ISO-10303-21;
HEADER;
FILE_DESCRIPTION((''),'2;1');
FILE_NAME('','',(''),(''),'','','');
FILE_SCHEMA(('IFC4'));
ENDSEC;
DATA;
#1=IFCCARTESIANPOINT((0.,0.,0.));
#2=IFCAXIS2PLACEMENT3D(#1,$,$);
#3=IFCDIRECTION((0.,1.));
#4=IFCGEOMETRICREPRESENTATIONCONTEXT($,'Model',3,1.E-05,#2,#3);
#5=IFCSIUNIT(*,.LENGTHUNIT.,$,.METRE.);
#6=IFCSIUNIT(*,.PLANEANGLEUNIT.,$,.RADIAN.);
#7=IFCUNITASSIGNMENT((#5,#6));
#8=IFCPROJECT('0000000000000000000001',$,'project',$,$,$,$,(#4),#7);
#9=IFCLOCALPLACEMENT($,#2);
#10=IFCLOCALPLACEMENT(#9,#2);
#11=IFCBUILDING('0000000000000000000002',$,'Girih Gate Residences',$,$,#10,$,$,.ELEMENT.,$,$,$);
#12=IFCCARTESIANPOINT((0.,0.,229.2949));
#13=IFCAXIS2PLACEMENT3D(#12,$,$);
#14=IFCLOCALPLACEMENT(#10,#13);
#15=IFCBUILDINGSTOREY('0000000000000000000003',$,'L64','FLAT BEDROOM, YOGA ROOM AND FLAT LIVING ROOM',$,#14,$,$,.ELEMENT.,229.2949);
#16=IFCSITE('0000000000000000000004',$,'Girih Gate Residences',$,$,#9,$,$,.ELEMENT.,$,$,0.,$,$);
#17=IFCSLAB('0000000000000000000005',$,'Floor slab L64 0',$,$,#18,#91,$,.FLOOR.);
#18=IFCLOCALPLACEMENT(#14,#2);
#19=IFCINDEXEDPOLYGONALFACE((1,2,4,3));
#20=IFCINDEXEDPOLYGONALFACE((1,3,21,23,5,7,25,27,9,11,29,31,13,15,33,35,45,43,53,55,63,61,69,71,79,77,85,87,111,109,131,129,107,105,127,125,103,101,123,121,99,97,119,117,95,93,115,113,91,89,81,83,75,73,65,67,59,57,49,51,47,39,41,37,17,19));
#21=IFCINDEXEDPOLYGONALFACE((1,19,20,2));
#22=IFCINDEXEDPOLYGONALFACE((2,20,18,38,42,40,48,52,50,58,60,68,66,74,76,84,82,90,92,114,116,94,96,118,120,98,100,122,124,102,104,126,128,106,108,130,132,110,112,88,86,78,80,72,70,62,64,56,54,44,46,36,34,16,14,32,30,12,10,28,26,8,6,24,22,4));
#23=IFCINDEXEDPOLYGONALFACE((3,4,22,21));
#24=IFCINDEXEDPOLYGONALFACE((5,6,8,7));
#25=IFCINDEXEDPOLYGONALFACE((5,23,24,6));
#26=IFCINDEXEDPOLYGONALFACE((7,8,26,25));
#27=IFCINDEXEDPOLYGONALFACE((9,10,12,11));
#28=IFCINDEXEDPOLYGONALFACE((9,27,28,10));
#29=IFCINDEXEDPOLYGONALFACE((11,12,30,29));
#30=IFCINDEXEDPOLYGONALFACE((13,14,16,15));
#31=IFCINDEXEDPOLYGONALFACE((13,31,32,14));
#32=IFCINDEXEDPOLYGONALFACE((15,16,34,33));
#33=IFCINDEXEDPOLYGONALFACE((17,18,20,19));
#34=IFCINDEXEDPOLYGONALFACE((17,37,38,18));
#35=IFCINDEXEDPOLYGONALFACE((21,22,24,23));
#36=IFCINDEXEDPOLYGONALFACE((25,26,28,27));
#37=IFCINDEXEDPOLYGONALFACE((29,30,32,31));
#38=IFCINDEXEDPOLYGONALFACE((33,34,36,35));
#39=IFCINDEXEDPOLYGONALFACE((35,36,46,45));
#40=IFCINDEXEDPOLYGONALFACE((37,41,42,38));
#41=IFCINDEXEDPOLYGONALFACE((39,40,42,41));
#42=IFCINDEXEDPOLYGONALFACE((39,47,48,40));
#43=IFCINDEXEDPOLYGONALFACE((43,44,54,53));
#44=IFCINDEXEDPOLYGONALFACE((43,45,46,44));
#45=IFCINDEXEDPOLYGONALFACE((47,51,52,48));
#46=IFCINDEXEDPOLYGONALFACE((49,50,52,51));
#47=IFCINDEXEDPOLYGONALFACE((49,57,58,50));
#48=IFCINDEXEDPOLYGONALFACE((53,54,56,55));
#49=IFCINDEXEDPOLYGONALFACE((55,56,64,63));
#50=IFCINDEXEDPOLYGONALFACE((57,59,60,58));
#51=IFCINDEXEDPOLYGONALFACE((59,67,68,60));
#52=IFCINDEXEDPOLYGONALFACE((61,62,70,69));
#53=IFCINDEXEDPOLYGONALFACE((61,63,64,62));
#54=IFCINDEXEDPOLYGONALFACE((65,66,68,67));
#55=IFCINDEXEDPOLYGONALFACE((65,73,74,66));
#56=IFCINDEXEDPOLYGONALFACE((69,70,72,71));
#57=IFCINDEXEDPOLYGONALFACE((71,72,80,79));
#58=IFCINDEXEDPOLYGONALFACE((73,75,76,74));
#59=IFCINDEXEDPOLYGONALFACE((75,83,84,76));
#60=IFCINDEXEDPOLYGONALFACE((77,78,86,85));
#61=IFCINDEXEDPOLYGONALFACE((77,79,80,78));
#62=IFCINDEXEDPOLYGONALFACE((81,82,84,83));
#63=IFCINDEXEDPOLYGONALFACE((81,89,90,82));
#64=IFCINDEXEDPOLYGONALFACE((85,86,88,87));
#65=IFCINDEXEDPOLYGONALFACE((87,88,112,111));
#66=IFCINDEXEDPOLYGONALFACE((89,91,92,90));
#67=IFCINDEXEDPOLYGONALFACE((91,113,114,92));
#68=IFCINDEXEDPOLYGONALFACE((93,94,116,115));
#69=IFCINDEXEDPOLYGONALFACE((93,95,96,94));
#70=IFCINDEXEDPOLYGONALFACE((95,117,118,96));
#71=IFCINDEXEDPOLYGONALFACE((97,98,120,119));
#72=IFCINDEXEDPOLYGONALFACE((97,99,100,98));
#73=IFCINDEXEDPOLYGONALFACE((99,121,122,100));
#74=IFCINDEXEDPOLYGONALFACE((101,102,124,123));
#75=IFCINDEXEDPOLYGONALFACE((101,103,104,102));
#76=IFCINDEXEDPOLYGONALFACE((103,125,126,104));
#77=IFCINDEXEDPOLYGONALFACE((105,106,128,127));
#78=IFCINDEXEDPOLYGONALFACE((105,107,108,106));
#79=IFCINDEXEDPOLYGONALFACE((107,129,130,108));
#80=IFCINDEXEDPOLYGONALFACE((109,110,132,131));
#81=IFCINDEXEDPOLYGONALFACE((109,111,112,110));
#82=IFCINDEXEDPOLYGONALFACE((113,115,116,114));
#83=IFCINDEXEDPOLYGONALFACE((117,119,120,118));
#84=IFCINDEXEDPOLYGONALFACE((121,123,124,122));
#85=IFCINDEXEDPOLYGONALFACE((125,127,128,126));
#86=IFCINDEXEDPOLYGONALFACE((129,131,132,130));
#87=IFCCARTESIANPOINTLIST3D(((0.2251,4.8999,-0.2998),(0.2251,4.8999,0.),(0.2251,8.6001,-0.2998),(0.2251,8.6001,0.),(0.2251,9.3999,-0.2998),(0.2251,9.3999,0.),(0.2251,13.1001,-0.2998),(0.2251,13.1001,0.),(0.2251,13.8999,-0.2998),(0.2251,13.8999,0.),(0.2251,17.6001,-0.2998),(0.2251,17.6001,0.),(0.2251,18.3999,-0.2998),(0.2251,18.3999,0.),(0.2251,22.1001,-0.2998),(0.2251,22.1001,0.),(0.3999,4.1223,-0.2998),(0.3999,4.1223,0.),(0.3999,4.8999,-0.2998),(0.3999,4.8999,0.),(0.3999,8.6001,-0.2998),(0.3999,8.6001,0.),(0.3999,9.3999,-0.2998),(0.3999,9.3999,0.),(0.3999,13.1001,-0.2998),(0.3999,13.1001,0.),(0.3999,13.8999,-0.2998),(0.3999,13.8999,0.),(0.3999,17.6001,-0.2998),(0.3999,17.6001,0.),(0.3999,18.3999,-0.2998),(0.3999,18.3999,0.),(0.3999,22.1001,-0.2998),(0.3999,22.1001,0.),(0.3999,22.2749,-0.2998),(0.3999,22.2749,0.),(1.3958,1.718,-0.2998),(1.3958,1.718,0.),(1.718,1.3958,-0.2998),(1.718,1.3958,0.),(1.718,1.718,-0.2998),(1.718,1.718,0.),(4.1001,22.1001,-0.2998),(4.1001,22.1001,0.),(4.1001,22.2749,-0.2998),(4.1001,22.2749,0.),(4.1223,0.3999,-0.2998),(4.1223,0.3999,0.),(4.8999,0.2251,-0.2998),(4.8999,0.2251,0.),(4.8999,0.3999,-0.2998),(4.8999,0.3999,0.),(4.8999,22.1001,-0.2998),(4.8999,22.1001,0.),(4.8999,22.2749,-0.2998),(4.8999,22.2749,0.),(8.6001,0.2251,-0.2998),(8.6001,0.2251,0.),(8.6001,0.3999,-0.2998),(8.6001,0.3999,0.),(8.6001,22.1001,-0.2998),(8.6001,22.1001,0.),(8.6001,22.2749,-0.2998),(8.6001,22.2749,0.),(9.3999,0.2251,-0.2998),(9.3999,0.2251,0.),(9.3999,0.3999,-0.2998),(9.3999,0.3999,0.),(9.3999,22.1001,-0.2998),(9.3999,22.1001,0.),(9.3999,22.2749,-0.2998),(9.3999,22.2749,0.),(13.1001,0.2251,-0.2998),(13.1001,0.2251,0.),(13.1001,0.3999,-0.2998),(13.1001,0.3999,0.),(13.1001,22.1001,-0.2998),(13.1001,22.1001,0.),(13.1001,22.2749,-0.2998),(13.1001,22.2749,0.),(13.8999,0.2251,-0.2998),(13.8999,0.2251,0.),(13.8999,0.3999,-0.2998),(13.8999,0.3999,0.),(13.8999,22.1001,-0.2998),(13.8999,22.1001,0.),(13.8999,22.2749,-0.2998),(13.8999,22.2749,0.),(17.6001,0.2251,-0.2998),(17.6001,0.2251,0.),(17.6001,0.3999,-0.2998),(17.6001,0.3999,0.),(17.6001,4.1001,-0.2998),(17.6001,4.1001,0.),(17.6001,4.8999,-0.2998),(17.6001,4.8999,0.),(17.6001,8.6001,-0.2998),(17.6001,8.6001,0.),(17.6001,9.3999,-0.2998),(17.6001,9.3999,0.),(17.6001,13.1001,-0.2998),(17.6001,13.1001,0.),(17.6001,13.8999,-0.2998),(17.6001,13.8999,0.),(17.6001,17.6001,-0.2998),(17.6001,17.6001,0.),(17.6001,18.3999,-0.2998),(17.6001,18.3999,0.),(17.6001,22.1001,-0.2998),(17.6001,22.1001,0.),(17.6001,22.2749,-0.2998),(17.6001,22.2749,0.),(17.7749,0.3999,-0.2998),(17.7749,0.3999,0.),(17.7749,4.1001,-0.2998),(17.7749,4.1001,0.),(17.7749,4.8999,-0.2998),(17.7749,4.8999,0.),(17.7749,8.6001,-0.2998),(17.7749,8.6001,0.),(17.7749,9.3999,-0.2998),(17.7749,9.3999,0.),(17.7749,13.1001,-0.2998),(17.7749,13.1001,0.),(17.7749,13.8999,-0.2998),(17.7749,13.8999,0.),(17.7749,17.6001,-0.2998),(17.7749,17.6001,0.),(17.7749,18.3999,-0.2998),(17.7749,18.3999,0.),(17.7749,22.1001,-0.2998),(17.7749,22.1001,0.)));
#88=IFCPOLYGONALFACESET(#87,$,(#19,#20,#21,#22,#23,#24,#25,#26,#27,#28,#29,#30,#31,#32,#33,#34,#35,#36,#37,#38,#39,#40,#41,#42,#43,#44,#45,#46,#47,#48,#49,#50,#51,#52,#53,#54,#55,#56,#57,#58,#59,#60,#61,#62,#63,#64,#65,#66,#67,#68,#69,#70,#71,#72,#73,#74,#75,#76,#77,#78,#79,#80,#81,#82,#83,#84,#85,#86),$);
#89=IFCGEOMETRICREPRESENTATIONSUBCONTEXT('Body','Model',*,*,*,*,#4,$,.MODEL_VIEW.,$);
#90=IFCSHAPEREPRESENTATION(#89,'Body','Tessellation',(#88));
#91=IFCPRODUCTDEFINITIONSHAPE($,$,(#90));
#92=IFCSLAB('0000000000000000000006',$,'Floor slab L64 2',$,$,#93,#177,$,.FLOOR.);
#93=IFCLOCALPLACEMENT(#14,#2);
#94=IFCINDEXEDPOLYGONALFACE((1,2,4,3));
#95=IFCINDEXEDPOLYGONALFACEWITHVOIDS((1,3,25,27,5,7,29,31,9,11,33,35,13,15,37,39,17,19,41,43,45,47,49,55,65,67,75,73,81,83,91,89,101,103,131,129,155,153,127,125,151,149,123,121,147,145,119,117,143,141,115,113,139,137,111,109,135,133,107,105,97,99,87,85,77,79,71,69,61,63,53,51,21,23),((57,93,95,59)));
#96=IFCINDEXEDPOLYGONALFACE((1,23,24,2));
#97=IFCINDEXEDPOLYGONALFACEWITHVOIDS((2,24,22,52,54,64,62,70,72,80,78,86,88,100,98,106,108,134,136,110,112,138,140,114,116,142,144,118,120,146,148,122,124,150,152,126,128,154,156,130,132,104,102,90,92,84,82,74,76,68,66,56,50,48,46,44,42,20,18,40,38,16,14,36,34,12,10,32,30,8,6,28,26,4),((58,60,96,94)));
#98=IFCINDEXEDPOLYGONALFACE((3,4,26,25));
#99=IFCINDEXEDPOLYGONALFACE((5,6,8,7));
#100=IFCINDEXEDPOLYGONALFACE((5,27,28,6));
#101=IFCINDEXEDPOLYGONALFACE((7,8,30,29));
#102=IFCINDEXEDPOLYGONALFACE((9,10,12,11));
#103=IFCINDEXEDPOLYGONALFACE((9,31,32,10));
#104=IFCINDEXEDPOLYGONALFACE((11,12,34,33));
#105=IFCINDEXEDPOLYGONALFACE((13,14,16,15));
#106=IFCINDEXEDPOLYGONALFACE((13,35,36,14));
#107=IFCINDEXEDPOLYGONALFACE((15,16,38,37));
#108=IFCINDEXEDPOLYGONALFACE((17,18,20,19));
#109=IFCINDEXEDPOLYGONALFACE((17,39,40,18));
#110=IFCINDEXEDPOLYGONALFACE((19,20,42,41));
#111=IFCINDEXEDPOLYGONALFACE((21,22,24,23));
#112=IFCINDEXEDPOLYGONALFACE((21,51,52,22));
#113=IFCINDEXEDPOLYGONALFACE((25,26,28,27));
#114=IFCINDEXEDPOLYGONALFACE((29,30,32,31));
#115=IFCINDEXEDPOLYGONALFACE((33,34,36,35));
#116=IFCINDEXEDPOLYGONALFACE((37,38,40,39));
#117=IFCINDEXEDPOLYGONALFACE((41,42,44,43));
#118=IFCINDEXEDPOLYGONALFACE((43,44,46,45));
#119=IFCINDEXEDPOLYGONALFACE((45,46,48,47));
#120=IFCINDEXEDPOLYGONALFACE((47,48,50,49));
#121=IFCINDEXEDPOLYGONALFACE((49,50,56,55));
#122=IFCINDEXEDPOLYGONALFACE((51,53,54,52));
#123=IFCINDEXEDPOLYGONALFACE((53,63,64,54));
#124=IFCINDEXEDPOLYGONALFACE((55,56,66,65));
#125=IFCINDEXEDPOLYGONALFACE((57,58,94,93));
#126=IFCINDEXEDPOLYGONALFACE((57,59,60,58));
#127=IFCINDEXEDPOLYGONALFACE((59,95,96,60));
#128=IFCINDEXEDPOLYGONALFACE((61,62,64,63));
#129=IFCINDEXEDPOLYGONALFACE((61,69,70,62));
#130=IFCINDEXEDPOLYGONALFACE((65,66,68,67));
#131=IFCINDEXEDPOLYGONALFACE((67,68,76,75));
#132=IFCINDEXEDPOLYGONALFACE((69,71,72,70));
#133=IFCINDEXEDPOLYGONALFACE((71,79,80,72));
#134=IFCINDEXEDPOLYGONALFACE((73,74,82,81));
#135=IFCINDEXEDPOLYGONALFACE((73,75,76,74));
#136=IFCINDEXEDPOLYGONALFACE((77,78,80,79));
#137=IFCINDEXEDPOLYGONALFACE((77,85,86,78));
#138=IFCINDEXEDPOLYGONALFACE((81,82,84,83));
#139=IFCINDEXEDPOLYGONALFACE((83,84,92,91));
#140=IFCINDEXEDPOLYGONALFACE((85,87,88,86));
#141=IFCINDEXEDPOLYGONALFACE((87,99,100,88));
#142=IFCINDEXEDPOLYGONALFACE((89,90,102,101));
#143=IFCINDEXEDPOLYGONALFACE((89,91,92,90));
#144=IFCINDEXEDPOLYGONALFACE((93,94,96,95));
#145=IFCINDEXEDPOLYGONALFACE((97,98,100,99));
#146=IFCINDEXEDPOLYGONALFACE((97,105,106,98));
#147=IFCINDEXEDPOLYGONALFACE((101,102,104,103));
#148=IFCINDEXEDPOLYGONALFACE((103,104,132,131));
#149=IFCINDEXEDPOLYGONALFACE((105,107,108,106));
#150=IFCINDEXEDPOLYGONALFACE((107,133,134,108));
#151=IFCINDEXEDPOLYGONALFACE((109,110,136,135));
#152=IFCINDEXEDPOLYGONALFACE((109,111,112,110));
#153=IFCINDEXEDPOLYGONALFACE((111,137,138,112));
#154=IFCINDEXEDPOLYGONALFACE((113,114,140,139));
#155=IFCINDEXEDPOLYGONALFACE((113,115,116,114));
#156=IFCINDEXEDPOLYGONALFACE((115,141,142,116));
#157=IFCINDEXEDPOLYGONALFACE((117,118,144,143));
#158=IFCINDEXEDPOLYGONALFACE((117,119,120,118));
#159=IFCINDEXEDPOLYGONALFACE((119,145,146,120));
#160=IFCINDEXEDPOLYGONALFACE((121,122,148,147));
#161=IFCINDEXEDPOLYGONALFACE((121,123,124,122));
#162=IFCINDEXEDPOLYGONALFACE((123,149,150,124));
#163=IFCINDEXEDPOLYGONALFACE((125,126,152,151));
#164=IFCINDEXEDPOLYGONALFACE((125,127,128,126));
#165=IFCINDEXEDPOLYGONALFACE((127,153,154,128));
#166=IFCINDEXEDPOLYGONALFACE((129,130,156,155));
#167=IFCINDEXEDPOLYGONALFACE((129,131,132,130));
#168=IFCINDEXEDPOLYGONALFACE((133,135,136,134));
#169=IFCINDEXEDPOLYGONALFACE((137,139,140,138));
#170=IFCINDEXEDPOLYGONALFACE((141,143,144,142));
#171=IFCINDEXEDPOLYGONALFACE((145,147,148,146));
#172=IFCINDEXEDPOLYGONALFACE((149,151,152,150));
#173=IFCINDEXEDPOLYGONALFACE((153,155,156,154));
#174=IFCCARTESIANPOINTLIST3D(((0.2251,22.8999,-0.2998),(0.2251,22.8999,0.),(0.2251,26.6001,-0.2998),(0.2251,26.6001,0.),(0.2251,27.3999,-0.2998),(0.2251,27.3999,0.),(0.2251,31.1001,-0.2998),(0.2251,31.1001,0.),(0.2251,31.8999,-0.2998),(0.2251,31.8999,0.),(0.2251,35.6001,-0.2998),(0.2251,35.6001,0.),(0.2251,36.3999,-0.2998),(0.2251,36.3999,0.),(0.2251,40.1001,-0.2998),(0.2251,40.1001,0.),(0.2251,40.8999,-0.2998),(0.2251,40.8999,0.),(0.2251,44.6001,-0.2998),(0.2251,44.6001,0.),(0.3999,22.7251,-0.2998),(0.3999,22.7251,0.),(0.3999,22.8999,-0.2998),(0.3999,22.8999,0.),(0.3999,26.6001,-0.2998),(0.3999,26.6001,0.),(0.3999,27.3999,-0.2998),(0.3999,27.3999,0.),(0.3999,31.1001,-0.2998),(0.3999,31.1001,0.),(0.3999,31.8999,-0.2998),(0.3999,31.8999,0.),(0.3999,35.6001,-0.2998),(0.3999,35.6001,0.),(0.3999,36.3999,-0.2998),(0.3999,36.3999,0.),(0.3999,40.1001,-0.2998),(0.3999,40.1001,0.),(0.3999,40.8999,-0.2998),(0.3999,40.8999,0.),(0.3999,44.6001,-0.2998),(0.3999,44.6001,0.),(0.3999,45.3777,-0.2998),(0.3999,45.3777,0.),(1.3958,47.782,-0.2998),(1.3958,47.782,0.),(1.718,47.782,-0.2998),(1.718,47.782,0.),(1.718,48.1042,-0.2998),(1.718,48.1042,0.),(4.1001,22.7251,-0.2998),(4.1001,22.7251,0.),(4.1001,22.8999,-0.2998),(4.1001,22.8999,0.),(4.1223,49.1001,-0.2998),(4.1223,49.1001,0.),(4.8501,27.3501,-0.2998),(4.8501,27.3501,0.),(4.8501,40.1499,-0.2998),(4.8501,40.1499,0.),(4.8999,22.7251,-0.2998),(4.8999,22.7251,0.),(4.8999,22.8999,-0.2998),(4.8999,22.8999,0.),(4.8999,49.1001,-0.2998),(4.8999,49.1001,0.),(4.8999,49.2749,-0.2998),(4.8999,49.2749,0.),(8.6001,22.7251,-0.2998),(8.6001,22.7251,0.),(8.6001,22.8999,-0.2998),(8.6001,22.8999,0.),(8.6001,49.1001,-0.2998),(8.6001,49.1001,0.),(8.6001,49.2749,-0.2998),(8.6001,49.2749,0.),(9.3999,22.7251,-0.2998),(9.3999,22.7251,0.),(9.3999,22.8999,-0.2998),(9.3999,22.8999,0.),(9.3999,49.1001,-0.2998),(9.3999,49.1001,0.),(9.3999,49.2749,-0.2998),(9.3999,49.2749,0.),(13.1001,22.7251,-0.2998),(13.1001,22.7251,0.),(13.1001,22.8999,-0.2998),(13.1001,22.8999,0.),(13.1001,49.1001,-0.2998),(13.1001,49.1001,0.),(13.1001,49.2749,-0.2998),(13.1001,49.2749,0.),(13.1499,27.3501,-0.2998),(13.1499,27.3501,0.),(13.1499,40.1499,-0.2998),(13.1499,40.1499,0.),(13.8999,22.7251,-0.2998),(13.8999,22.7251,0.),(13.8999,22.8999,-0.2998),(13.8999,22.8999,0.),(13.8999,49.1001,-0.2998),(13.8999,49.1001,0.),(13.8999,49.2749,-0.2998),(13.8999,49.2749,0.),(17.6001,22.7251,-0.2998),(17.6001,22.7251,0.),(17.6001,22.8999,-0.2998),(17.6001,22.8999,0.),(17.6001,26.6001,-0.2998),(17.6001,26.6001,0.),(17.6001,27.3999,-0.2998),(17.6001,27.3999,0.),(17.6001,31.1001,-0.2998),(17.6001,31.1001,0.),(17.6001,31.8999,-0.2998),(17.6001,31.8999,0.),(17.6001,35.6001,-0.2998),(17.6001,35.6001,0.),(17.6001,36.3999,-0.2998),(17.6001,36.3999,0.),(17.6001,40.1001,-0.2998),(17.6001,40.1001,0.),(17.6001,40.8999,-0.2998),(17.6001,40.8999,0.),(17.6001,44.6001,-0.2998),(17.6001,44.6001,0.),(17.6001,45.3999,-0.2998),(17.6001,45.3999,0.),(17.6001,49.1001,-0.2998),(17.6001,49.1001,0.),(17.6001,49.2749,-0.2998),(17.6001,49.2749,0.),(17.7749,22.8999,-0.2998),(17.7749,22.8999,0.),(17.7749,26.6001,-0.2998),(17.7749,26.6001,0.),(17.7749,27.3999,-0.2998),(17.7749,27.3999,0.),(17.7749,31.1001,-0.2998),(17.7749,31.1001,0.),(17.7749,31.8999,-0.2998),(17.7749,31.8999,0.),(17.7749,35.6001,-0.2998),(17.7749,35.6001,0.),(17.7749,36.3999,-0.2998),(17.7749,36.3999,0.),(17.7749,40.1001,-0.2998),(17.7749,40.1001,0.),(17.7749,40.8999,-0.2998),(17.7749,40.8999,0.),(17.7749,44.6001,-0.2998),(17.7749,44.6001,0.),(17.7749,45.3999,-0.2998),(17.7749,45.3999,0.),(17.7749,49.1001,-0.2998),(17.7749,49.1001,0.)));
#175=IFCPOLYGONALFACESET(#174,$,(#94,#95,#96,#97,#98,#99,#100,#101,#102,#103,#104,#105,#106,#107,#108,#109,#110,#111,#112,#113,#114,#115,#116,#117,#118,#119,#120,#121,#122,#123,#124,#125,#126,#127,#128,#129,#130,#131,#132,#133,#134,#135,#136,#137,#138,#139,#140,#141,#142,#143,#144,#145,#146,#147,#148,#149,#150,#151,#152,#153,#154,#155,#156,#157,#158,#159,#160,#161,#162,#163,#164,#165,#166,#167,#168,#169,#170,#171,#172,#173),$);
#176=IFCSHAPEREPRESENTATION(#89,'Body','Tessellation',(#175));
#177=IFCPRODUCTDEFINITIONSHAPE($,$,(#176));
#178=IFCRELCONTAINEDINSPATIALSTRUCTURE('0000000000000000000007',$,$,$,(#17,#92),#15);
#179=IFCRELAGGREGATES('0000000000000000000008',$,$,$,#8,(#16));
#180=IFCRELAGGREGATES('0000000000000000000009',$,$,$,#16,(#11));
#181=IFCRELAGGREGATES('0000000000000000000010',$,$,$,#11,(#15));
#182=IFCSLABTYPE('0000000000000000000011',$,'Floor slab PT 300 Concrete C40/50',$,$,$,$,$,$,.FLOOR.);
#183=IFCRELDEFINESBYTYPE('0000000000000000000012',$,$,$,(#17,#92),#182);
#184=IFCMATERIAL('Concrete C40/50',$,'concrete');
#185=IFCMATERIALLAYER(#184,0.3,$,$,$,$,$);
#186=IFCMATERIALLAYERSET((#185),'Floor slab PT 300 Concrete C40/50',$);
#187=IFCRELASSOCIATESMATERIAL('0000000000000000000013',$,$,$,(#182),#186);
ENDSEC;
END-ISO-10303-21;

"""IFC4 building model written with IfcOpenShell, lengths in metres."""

from ifc_helpers import new_model, si_unit, direction, frame, origin, place, context, subcontext, project, spatial, polyline, outline, extrude, material, layer, layer_set, type_object, element, save


model = new_model("IFC4")

# Units and contexts
model_context = context("Model", 3, precision=1e-05, world=origin(), true_north=direction((0.0, 1.0)))
body_context = subcontext(model_context, "Body", "Model", "MODEL_VIEW")
ifc_project = project(units=[si_unit("LENGTHUNIT", "METRE"), si_unit("PLANEANGLEUNIT", "RADIAN")], contexts=[model_context])

# Site, building, storey
site_placement = place(None, origin())
site = spatial("IfcSite", under=ifc_project, at=site_placement, Name="Girih Gate Residences", CompositionType="ELEMENT", RefElevation=0.0)
building_placement = place(site_placement, origin())
building = spatial("IfcBuilding", under=site, at=building_placement, Name="Girih Gate Residences", CompositionType="ELEMENT")
storey_placement = place(building_placement, frame((0.0, 0.0, 229.2949)))
storey = spatial("IfcBuildingStorey", under=building, at=storey_placement, Name="L64", Description="FLAT BEDROOM, YOGA ROOM AND FLAT LIVING ROOM", CompositionType="ELEMENT", Elevation=229.2949)

# Slabs
ifc_material_1 = material(Name="Concrete C40/50", Category="concrete")
ifc_layer_1 = layer(ifc_material_1, 0.3)
ifc_layer_set_1 = layer_set([ifc_layer_1], Name="Floor slab PT 300 Concrete C40/50")
slab_type_1 = type_object("IfcSlabType", Name="Floor slab PT 300 Concrete C40/50", PredefinedType="FLOOR", material=ifc_layer_set_1)
slab_1_placement = place(storey_placement, frame((0.0, 0.0, -0.2998)))
element("IfcSlab", 1, at=slab_1_placement, inside=storey, type_object=slab_type_1, Name="Floor slab L64 0", PredefinedType="FLOOR", context=body_context, shape_type="SweptSolid", body=[
    extrude(outline(polyline([(13.8999, 0.2251), (17.6001, 0.2251), (17.6001, 0.3999), (17.7749, 0.3999), (17.7749, 4.1001), (17.6001, 4.1001), (17.6001, 4.8999), (17.7749, 4.8999), (17.7749, 8.6001), (17.6001, 8.6001), (17.6001, 9.3999), (17.7749, 9.3999), (17.7749, 13.1001), (17.6001, 13.1001), (17.6001, 13.8999), (17.7749, 13.8999), (17.7749, 17.6001), (17.6001, 17.6001), (17.6001, 18.3999), (17.7749, 18.3999), (17.7749, 22.1001), (17.6001, 22.1001), (17.6001, 22.2749), (13.8999, 22.2749), (13.8999, 22.1001), (13.1001, 22.1001), (13.1001, 22.2749), (9.3999, 22.2749), (9.3999, 22.1001), (8.6001, 22.1001), (8.6001, 22.2749), (4.8999, 22.2749), (4.8999, 22.1001), (4.1001, 22.1001), (4.1001, 22.2749), (0.3999, 22.2749), (0.3999, 22.1001), (0.2251, 22.1001), (0.2251, 18.3999), (0.3999, 18.3999), (0.3999, 17.6001), (0.2251, 17.6001), (0.2251, 13.8999), (0.3999, 13.8999), (0.3999, 13.1001), (0.2251, 13.1001), (0.2251, 9.3999), (0.3999, 9.3999), (0.3999, 8.6001), (0.2251, 8.6001), (0.2251, 4.8999), (0.3999, 4.8999), (0.3999, 4.1223), (1.3958, 1.718), (1.718, 1.718), (1.718, 1.3958), (4.1223, 0.3999), (4.8999, 0.3999), (4.8999, 0.2251), (8.6001, 0.2251), (8.6001, 0.3999), (9.3999, 0.3999), (9.3999, 0.2251), (13.1001, 0.2251), (13.1001, 0.3999), (13.8999, 0.3999), (13.8999, 0.2251)])), origin(), (0.0, 0.0, 1.0), 0.2998),
])
slab_2_placement = place(storey_placement, frame((0.0, 0.0, -0.2998)))
element("IfcSlab", 2, at=slab_2_placement, inside=storey, type_object=slab_type_1, Name="Floor slab L64 2", PredefinedType="FLOOR", context=body_context, shape_type="SweptSolid", body=[
    extrude(outline(polyline([(0.2251, 26.6001), (0.2251, 22.8999), (0.3999, 22.8999), (0.3999, 22.7251), (4.1001, 22.7251), (4.1001, 22.8999), (4.8999, 22.8999), (4.8999, 22.7251), (8.6001, 22.7251), (8.6001, 22.8999), (9.3999, 22.8999), (9.3999, 22.7251), (13.1001, 22.7251), (13.1001, 22.8999), (13.8999, 22.8999), (13.8999, 22.7251), (17.6001, 22.7251), (17.6001, 22.8999), (17.7749, 22.8999), (17.7749, 26.6001), (17.6001, 26.6001), (17.6001, 27.3999), (17.7749, 27.3999), (17.7749, 31.1001), (17.6001, 31.1001), (17.6001, 31.8999), (17.7749, 31.8999), (17.7749, 35.6001), (17.6001, 35.6001), (17.6001, 36.3999), (17.7749, 36.3999), (17.7749, 40.1001), (17.6001, 40.1001), (17.6001, 40.8999), (17.7749, 40.8999), (17.7749, 44.6001), (17.6001, 44.6001), (17.6001, 45.3999), (17.7749, 45.3999), (17.7749, 49.1001), (17.6001, 49.1001), (17.6001, 49.2749), (13.8999, 49.2749), (13.8999, 49.1001), (13.1001, 49.1001), (13.1001, 49.2749), (9.3999, 49.2749), (9.3999, 49.1001), (8.6001, 49.1001), (8.6001, 49.2749), (4.8999, 49.2749), (4.8999, 49.1001), (4.1223, 49.1001), (1.718, 48.1042), (1.718, 47.782), (1.3958, 47.782), (0.3999, 45.3777), (0.3999, 44.6001), (0.2251, 44.6001), (0.2251, 40.8999), (0.3999, 40.8999), (0.3999, 40.1001), (0.2251, 40.1001), (0.2251, 36.3999), (0.3999, 36.3999), (0.3999, 35.6001), (0.2251, 35.6001), (0.2251, 31.8999), (0.3999, 31.8999), (0.3999, 31.1001), (0.2251, 31.1001), (0.2251, 27.3999), (0.3999, 27.3999), (0.3999, 26.6001), (0.2251, 26.6001)]), holes=[polyline([(13.1499, 40.1499), (13.1499, 27.3501), (4.8501, 27.3501), (4.8501, 40.1499), (13.1499, 40.1499)])]), origin(), (0.0, 0.0, 1.0), 0.2998),
])

save(model, "model.ifc")
